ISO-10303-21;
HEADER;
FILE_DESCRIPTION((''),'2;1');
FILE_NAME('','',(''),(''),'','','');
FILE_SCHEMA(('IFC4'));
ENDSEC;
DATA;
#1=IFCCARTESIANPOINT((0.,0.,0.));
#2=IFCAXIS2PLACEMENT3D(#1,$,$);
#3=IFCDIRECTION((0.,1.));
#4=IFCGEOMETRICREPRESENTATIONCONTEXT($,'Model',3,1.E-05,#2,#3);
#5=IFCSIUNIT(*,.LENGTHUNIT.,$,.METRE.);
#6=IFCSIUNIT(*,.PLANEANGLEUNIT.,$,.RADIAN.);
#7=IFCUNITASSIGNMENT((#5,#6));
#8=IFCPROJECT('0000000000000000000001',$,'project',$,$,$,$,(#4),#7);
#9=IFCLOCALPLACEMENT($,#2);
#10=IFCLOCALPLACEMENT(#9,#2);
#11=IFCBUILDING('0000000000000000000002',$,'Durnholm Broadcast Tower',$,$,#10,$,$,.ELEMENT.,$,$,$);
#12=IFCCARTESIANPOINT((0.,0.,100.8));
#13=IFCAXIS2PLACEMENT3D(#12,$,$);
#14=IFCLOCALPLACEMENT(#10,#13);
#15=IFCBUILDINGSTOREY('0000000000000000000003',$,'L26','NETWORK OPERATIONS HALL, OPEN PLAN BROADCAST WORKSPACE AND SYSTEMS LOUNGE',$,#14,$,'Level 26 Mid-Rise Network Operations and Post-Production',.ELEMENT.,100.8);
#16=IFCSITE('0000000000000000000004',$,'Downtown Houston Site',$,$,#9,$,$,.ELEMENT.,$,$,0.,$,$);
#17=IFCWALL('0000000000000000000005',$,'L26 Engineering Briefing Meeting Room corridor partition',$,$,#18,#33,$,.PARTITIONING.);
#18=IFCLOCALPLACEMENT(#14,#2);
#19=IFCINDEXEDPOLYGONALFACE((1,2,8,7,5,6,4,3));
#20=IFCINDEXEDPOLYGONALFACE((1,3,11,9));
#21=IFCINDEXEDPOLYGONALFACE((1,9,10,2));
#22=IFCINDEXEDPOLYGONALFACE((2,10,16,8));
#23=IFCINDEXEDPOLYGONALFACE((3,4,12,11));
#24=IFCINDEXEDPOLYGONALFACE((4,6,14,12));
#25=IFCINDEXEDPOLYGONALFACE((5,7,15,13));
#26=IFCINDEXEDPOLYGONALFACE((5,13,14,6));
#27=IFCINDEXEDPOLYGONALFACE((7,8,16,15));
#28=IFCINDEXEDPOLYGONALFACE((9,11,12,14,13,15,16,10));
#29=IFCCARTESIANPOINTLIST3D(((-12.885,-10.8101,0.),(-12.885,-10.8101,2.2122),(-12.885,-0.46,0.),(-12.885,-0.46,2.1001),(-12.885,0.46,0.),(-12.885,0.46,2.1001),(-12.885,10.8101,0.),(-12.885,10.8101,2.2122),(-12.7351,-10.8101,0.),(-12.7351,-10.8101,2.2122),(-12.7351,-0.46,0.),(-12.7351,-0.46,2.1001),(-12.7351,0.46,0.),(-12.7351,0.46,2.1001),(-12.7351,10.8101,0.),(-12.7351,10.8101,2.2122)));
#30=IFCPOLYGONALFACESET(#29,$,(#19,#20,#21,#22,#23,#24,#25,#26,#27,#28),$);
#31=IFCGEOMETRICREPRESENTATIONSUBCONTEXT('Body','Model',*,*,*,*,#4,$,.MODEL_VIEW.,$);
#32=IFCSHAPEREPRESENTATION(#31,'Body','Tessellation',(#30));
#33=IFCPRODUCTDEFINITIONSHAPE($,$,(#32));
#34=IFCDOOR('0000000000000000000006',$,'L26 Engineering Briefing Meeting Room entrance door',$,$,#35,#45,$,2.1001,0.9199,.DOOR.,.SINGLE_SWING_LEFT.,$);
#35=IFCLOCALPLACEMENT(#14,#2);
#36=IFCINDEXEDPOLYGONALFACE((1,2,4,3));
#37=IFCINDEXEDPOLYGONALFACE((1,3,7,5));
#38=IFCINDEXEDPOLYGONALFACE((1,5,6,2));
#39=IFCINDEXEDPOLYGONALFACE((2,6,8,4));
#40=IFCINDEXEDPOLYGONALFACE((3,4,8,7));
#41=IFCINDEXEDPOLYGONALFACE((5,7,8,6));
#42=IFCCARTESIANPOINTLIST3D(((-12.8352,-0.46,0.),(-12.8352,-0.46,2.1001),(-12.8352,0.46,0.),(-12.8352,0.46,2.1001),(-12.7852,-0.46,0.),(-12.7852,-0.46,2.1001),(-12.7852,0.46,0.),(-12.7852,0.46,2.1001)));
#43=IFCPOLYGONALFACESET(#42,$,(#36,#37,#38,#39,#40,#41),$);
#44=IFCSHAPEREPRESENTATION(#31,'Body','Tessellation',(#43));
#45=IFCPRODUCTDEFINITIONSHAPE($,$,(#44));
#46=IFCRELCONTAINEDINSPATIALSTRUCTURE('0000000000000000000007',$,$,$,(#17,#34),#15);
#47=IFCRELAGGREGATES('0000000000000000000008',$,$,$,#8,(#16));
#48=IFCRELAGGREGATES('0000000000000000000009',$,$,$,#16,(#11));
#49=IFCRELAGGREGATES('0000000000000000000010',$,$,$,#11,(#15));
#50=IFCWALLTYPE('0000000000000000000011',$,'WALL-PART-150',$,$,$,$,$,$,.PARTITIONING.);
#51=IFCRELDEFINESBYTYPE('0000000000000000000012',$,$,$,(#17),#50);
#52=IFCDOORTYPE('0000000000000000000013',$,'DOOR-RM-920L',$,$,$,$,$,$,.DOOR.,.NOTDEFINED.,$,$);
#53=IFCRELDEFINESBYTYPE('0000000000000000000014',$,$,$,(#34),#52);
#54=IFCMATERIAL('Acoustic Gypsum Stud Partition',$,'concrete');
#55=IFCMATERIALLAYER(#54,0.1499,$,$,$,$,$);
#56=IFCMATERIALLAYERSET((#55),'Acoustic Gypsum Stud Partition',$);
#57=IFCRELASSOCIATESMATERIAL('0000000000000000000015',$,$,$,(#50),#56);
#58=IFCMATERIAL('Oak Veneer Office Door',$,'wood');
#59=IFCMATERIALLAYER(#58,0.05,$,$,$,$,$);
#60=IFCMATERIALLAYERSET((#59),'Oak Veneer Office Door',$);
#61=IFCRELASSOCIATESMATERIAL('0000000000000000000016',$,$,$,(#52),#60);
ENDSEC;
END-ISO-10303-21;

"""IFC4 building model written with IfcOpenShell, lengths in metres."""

from ifc_helpers import new_model, si_unit, direction, frame, frame_2d, origin, place, context, subcontext, project, spatial, rectangle, extrude, source, transform, mapped, material, layer, layer_set, type_object, type_shapes, element, fill, save


model = new_model("IFC4")

# Units and contexts
model_context = context("Model", 3, precision=1e-05, world=origin(), true_north=direction((0.0, 1.0)))
body_context = subcontext(model_context, "Body", "Model", "MODEL_VIEW")
ifc_project = project(units=[si_unit("LENGTHUNIT", "METRE"), si_unit("PLANEANGLEUNIT", "RADIAN")], contexts=[model_context])

# Site, building, storey
site_placement = place(None, origin())
site = spatial("IfcSite", under=ifc_project, at=site_placement, Name="Downtown Houston Site", CompositionType="ELEMENT", RefElevation=0.0)
building_placement = place(site_placement, origin())
building = spatial("IfcBuilding", under=site, at=building_placement, Name="Durnholm Broadcast Tower", CompositionType="ELEMENT")
storey_placement = place(building_placement, frame((0.0, 0.0, 100.8)))
storey = spatial("IfcBuildingStorey", under=building, at=storey_placement, Name="L26", Description="NETWORK OPERATIONS HALL, OPEN PLAN BROADCAST WORKSPACE AND SYSTEMS LOUNGE", LongName="Level 26 Mid-Rise Network Operations and Post-Production", CompositionType="ELEMENT", Elevation=100.8)

# Shared definitions
ifc_material_1 = material(Name="Acoustic Gypsum Stud Partition", Category="concrete")
ifc_layer_1 = layer(ifc_material_1, 0.1499)
ifc_layer_set_1 = layer_set([ifc_layer_1], Name="Acoustic Gypsum Stud Partition")
wall_type_1 = type_object("IfcWallType", Name="WALL-PART-150", PredefinedType="PARTITIONING", material=ifc_layer_set_1)
ifc_material_2 = material(Name="Oak Veneer Office Door", Category="wood")
ifc_layer_2 = layer(ifc_material_2, 0.05)
ifc_layer_set_2 = layer_set([ifc_layer_2], Name="Oak Veneer Office Door")
door_type = type_object("IfcDoorType", Name="DOOR-RM-920L", OperationType="NOTDEFINED", PredefinedType="DOOR", material=ifc_layer_set_2)
shared_shape_1 = source(origin(), body_context, "Body", "SweptSolid", [
    extrude(rectangle(XDim=0.9199, YDim=2.1001, at=frame_2d((0.46, 1.05))), frame((0.0, 0.0249, 0.0), z_axis=(0.0, -1.0, 0.0), x_axis=(1.0, 0.0, 0.0)), (0.0, 0.0, 1.0), 0.05),
])
type_shapes(door_type, [shared_shape_1])

# Wall, opening, door
wall_1_placement = place(storey_placement, frame((-12.8101, 10.8101, 0.0), z_axis=(0.0, 0.0, 1.0), x_axis=(0.0, -1.0, 0.0)))
wall_1 = element("IfcWall", 1, at=wall_1_placement, inside=storey, type_object=wall_type_1, Name="L26 Engineering Briefing Meeting Room corridor partition", PredefinedType="PARTITIONING", context=body_context, shape_type="SweptSolid", body=[
    extrude(rectangle(XDim=21.6201, YDim=0.1499, at=frame_2d((10.8101, 0.0))), origin(), (0.0, 0.0, 1.0), 2.2122),
])
opening_1_placement = place(wall_1_placement, frame((10.3501, 0.0, 0.0)))
opening_1 = element("IfcOpeningElement", 2, at=opening_1_placement, cuts=wall_1, PredefinedType="OPENING", context=body_context, shape_type="SweptSolid", body=[
    extrude(rectangle(XDim=0.9199, YDim=2.1001, at=frame_2d((0.46, 1.05))), frame((0.0, 0.085, 0.0), z_axis=(0.0, -1.0, 0.0), x_axis=(1.0, 0.0, 0.0)), (0.0, 0.0, 1.0), 0.1699),
])
door_1_placement = place(opening_1_placement, origin())
door_1 = element("IfcDoor", 3, at=door_1_placement, inside=storey, type_object=door_type, Name="L26 Engineering Briefing Meeting Room entrance door", OperationType="SINGLE_SWING_LEFT", OverallHeight=2.1001, OverallWidth=0.9199, PredefinedType="DOOR", context=body_context, shape_type="MappedRepresentation", body=[
    mapped(shared_shape_1, transform((0.0, 0.0, 0.0), x_axis=(1.0, 0.0, 0.0), y_axis=(0.0, 1.0, 0.0), z_axis=(0.0, 0.0, 1.0), scale=1.0)),
])
fill(opening_1, door_1)

save(model, "model.ifc")
